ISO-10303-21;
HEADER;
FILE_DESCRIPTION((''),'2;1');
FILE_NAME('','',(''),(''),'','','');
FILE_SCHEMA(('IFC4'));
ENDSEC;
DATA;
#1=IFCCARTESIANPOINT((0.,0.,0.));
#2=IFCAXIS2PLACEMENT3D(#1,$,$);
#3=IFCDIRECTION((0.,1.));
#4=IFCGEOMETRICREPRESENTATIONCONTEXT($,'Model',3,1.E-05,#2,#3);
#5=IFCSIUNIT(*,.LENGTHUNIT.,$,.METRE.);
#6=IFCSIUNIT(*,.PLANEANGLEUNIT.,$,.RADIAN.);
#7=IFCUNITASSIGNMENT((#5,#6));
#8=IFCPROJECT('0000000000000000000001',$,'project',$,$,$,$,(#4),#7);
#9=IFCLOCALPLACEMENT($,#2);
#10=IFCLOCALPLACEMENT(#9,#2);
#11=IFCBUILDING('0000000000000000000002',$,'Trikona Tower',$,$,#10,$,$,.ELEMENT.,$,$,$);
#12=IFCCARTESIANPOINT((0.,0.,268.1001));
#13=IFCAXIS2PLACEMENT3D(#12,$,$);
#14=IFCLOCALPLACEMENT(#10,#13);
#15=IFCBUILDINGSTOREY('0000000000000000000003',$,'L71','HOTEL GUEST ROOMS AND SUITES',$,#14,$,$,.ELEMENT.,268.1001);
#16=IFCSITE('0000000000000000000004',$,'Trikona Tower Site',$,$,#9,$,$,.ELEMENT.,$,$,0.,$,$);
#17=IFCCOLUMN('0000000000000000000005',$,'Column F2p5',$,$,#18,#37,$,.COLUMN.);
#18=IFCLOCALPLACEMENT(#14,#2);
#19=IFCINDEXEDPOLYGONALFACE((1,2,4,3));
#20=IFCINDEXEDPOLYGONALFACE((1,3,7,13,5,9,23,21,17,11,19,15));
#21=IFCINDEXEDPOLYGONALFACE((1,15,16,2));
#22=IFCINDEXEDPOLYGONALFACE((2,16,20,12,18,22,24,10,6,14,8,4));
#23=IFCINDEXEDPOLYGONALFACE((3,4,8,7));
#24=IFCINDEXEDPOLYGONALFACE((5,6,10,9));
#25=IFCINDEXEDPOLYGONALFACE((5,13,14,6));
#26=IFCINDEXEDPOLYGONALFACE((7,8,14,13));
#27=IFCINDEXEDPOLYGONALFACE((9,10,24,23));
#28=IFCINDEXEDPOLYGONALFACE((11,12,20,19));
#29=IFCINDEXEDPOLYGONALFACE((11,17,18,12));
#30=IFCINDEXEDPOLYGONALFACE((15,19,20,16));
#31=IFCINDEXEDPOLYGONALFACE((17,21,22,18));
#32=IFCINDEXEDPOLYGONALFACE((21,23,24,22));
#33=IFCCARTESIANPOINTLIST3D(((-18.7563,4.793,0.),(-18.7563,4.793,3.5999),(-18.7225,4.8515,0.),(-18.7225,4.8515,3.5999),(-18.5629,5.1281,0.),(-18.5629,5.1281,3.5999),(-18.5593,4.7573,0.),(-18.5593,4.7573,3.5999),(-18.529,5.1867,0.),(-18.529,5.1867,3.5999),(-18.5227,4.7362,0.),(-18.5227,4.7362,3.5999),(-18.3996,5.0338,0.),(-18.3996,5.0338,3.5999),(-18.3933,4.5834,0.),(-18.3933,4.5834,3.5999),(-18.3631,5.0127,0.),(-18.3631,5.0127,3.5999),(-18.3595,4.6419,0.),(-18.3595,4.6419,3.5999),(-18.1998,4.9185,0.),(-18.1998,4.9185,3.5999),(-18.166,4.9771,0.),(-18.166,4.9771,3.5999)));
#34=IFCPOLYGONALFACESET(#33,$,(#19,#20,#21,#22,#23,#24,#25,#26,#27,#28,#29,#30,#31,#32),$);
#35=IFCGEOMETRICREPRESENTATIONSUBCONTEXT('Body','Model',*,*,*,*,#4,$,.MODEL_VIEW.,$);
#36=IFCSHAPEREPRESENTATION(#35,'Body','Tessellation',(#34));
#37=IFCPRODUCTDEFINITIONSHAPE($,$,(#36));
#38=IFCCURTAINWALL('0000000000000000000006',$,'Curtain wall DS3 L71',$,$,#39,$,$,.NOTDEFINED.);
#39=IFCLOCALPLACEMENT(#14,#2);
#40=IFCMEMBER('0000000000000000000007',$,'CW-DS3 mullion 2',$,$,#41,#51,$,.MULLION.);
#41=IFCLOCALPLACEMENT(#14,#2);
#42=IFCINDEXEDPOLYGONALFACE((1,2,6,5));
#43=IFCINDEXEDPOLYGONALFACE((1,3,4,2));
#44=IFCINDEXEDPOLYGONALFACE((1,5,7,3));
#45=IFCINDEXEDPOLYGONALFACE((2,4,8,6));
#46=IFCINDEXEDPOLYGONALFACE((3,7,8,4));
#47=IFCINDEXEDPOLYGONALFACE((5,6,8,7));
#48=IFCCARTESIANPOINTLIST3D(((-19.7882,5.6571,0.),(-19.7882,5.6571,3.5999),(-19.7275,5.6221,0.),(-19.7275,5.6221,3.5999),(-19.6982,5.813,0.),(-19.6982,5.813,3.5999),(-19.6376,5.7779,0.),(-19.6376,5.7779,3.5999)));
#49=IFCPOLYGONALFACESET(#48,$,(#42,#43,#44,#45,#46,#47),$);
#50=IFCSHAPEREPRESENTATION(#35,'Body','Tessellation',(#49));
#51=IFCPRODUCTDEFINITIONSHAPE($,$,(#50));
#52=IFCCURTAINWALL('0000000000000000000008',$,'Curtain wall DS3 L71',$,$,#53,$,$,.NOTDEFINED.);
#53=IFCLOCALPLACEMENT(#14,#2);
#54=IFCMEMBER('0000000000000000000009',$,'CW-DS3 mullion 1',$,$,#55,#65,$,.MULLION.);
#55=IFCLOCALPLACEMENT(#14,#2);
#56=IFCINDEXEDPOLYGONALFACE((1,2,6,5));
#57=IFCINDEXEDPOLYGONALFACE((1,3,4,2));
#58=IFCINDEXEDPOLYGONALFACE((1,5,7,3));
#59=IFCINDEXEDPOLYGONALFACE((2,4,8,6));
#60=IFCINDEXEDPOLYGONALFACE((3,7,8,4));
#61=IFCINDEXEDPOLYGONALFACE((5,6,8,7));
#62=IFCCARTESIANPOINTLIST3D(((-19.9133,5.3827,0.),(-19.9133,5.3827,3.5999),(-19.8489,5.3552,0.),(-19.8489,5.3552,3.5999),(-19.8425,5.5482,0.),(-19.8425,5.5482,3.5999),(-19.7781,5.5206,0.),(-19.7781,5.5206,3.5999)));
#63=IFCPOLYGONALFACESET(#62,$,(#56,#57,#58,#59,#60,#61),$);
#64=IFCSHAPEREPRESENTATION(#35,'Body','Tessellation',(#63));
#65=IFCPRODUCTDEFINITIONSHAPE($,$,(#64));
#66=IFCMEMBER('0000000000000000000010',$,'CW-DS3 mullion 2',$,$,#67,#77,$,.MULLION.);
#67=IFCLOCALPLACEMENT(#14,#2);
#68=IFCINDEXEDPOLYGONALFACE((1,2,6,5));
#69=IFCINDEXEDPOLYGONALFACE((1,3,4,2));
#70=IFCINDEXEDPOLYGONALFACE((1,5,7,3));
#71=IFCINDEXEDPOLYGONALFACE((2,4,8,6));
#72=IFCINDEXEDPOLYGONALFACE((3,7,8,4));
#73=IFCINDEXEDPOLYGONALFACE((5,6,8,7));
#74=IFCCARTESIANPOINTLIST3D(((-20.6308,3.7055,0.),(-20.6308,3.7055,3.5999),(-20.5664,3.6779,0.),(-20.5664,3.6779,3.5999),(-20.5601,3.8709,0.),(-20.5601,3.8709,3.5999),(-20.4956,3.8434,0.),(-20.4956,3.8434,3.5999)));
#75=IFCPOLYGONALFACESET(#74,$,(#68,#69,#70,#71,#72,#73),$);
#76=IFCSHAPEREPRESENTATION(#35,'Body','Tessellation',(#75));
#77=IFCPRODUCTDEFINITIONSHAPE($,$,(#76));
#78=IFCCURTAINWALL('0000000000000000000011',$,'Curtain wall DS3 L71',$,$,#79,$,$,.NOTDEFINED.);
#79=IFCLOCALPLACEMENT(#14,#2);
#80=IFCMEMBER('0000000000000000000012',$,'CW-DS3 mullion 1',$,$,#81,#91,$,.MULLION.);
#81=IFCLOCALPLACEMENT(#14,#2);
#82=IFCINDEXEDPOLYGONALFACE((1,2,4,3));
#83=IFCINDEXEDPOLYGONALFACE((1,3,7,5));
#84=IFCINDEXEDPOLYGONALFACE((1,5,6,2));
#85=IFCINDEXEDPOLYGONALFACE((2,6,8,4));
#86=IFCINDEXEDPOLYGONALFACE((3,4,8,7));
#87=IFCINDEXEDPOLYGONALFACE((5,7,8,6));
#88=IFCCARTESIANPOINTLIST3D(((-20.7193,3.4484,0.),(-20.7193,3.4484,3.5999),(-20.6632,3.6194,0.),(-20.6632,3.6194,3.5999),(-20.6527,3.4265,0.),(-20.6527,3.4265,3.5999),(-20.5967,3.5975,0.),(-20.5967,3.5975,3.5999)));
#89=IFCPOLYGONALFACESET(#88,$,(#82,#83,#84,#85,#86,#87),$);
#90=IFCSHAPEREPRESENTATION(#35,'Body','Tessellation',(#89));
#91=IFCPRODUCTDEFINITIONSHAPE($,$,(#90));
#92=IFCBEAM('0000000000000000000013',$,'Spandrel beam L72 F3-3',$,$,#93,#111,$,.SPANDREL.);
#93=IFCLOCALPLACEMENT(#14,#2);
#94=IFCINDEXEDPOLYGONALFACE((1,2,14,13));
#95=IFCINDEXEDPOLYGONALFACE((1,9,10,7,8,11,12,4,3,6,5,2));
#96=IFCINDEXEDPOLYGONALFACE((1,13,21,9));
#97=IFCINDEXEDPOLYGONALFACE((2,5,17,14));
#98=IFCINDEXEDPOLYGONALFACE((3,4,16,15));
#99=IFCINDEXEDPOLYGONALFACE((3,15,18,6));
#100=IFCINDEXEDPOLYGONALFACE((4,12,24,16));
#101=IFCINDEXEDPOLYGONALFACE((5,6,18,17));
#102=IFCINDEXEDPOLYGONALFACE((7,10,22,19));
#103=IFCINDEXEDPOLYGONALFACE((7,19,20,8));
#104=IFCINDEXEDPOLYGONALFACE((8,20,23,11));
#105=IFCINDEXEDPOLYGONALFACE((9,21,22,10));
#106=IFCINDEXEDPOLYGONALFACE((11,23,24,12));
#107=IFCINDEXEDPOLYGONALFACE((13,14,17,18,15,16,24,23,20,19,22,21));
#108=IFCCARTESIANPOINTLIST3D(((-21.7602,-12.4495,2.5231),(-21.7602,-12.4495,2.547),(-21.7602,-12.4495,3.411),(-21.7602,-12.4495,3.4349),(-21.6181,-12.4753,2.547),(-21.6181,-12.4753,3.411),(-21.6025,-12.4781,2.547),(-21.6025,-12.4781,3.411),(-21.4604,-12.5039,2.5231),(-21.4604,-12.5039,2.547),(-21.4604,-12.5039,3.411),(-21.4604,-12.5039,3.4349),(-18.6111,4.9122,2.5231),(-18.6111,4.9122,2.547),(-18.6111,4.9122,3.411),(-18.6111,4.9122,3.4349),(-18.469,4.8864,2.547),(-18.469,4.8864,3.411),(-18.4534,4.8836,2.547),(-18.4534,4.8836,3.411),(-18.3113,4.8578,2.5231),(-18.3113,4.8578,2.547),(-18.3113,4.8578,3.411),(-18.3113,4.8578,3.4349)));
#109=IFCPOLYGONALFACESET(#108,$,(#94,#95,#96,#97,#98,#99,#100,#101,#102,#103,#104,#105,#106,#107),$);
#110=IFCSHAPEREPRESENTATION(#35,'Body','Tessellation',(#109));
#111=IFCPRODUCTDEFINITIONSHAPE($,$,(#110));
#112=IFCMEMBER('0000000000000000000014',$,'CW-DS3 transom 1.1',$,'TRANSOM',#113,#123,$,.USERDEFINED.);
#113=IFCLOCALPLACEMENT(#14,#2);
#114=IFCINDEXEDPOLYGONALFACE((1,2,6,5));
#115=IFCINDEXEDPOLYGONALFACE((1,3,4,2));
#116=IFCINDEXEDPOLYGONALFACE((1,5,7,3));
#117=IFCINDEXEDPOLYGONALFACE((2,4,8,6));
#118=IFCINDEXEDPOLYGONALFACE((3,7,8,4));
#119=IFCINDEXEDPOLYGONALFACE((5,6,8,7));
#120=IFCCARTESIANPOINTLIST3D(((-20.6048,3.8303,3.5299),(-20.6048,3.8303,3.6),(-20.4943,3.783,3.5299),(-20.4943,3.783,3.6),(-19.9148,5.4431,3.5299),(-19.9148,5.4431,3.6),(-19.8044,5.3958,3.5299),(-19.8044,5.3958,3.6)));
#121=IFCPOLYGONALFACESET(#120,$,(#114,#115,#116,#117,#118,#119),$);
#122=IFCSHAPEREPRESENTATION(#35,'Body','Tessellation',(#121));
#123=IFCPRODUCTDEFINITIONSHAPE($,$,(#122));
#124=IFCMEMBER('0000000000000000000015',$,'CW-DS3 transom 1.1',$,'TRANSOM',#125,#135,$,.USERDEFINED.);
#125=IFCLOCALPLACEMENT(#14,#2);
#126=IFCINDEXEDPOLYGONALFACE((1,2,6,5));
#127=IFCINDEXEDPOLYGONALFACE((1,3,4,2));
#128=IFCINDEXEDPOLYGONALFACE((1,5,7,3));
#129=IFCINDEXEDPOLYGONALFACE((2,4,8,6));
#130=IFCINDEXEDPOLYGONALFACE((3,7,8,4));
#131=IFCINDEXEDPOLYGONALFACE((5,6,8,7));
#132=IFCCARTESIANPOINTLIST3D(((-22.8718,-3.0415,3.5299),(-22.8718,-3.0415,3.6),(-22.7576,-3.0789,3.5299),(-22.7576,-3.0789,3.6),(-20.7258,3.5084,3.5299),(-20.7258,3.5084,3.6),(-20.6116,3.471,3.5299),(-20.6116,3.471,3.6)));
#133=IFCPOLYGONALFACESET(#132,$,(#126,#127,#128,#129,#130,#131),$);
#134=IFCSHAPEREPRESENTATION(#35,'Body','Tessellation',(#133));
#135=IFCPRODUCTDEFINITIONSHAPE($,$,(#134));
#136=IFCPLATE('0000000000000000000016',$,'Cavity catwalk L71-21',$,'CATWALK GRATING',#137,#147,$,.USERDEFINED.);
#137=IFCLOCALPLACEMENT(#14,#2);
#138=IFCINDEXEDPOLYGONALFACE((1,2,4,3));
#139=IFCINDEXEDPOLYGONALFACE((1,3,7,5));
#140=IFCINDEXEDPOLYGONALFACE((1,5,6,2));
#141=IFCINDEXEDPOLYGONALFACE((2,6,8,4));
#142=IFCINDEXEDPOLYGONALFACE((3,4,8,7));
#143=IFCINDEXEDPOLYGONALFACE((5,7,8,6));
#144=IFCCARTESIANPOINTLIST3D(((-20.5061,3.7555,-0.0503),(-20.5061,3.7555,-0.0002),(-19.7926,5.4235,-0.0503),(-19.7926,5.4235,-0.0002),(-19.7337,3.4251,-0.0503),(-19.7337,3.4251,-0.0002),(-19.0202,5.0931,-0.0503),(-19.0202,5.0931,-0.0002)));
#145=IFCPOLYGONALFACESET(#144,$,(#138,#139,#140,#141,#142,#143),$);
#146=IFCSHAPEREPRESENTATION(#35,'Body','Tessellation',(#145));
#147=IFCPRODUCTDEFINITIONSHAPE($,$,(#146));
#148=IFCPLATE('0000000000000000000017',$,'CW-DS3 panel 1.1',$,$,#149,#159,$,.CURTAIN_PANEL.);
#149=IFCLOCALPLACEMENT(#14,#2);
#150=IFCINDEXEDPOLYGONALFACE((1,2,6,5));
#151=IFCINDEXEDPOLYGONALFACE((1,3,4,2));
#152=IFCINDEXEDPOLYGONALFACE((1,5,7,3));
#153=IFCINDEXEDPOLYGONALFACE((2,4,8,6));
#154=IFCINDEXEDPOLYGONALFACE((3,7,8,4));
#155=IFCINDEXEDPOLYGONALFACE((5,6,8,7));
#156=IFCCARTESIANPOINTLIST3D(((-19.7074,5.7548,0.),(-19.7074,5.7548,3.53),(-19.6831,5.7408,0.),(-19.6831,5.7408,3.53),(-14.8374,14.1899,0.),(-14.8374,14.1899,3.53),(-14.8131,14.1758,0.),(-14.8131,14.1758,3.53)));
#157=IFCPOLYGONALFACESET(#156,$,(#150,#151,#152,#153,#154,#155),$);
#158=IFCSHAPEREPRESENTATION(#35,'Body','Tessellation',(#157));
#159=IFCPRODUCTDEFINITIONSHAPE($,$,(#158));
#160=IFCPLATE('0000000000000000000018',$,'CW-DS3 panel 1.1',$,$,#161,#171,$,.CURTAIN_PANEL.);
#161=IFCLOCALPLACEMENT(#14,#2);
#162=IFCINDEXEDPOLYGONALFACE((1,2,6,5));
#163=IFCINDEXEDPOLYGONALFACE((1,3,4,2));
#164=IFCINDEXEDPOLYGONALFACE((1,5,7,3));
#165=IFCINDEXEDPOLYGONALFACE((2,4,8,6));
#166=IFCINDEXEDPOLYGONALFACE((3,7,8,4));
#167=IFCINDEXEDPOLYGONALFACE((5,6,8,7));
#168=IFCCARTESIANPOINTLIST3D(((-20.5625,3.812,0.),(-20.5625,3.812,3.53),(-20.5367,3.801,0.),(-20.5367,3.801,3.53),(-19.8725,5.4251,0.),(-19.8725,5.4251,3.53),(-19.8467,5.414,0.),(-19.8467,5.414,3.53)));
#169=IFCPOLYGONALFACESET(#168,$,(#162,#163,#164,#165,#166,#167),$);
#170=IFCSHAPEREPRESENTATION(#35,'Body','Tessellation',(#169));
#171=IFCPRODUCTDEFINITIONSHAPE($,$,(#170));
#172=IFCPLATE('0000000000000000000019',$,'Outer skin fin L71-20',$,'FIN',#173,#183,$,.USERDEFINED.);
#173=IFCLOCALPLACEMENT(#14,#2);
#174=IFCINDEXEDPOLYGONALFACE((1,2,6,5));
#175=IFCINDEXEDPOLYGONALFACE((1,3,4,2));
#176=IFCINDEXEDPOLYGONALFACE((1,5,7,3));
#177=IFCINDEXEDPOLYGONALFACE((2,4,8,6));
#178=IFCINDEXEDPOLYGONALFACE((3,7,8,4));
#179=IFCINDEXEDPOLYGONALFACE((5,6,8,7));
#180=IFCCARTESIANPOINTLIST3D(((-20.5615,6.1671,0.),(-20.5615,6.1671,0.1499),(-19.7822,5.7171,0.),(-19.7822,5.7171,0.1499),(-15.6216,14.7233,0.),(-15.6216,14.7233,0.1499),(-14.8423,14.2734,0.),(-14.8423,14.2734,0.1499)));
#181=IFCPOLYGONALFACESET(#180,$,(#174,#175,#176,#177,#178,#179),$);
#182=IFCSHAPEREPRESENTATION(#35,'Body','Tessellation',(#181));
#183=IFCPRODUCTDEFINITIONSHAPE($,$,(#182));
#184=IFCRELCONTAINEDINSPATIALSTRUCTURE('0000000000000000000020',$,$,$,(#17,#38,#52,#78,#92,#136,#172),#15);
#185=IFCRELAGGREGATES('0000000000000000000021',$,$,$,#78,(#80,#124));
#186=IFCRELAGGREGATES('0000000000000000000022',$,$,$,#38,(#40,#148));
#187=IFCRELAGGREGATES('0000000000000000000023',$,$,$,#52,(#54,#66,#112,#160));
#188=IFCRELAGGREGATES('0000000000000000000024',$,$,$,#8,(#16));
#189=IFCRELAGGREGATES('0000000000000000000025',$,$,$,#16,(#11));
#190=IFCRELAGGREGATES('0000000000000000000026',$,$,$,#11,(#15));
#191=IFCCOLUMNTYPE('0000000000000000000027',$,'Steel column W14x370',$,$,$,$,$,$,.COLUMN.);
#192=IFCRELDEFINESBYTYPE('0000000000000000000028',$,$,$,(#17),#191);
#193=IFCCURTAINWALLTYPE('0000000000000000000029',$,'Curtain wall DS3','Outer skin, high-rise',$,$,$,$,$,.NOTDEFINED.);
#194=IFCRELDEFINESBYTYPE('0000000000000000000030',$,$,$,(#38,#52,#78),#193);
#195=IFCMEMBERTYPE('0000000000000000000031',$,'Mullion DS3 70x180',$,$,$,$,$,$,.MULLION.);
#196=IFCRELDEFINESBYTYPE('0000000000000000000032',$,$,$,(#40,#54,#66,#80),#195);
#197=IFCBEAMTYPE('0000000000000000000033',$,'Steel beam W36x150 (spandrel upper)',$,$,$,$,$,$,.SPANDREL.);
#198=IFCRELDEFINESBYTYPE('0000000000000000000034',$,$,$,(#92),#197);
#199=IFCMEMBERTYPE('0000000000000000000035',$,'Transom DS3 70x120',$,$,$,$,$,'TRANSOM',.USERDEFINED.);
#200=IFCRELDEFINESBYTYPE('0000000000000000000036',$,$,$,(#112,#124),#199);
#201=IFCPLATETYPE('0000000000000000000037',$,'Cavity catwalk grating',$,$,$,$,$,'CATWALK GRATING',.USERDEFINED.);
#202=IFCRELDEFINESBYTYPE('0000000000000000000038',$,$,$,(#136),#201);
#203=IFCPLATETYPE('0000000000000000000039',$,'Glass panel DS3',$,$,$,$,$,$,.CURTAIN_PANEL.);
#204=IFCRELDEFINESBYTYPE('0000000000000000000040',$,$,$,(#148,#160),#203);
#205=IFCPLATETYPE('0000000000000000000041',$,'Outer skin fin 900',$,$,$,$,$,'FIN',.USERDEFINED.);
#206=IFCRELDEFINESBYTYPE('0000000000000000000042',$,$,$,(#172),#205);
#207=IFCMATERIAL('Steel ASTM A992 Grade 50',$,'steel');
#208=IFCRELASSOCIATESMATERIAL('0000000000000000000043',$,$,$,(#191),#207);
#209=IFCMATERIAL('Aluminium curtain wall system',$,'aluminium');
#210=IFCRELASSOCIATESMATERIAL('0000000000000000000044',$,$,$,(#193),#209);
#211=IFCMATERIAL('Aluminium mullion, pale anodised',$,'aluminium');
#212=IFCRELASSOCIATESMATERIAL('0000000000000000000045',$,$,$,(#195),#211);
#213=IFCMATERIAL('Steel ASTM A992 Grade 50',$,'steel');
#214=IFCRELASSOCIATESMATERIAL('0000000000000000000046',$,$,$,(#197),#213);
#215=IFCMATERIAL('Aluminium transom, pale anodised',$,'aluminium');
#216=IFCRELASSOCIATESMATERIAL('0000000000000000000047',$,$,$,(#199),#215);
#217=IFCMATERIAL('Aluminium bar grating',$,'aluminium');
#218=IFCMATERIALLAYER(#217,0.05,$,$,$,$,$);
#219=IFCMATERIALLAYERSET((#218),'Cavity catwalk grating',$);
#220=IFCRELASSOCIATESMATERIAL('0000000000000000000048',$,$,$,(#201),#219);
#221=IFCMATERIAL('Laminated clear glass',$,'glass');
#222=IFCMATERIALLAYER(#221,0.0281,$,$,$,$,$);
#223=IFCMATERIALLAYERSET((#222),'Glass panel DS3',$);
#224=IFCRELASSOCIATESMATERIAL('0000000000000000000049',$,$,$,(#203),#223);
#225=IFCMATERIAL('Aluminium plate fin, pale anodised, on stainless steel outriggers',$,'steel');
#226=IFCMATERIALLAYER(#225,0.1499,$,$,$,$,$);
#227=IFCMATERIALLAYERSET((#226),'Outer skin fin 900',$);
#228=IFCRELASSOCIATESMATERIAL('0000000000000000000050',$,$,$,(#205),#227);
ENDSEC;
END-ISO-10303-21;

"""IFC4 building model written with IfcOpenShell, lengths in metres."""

from ifc_helpers import new_model, si_unit, direction, frame, origin, origin_2d, place, context, subcontext, project, spatial, rectangle, i_section, extrude, material, layer, layer_set, material_profile, profile_set, type_object, element, aggregate, save


model = new_model("IFC4")

# Units and contexts
model_context = context("Model", 3, precision=1e-05, world=origin(), true_north=direction((0.0, 1.0)))
body_context = subcontext(model_context, "Body", "Model", "MODEL_VIEW")
ifc_project = project(units=[si_unit("LENGTHUNIT", "METRE"), si_unit("PLANEANGLEUNIT", "RADIAN")], contexts=[model_context])

# Site, building, storey
site_placement = place(None, origin())
site = spatial("IfcSite", under=ifc_project, at=site_placement, Name="Trikona Tower Site", CompositionType="ELEMENT", RefElevation=0.0)
building_placement = place(site_placement, origin())
building = spatial("IfcBuilding", under=site, at=building_placement, Name="Trikona Tower", CompositionType="ELEMENT")
storey_placement = place(building_placement, frame((0.0, 0.0, 268.1001)))
storey = spatial("IfcBuildingStorey", under=building, at=storey_placement, Name="L71", Description="HOTEL GUEST ROOMS AND SUITES", CompositionType="ELEMENT", Elevation=268.1001)

# Column
ifc_material_1 = material(Name="Steel ASTM A992 Grade 50", Category="steel")
ifc_material_profile_1 = material_profile(ifc_material_1, i_section(OverallWidth=0.4192, OverallDepth=0.4546, WebThickness=0.0422, FlangeThickness=0.0676, at=origin_2d()), Name="W14X370")
ifc_profile_set_1 = profile_set([ifc_material_profile_1], Name="Steel ASTM A992 Grade 50")
column_type = type_object("IfcColumnType", Name="Steel column W14x370", PredefinedType="COLUMN", material=ifc_profile_set_1)
column_placement = place(storey_placement, frame((-18.4612, 4.885, 0.0), z_axis=(0.0, 0.0, 1.0), x_axis=(-0.866025, 0.5, 0.0)))
element("IfcColumn", 1, at=column_placement, inside=storey, type_object=column_type, Name="Column F2p5", PredefinedType="COLUMN", context=body_context, shape_type="SweptSolid", body=[
    extrude(i_section(OverallWidth=0.4192, OverallDepth=0.4546, WebThickness=0.0422, FlangeThickness=0.0676, at=origin_2d()), origin(), (0.0, 0.0, 1.0), 3.5999),
])

# Curtain wall, member
ifc_material_2 = material(Name="Aluminium curtain wall system", Category="aluminium")
curtain_wall_type = type_object("IfcCurtainWallType", Name="Curtain wall DS3", Description="Outer skin, high-rise", PredefinedType="NOTDEFINED", material=ifc_material_2)
curtain_wall_1_placement = place(storey_placement, origin())
curtain_wall_1 = element("IfcCurtainWall", 2, at=curtain_wall_1_placement, inside=storey, type_object=curtain_wall_type, Name="Curtain wall DS3 L71", PredefinedType="NOTDEFINED")
ifc_material_3 = material(Name="Aluminium mullion, pale anodised", Category="aluminium")
ifc_material_profile_2 = material_profile(ifc_material_3, rectangle(XDim=0.0701, YDim=0.1799, at=origin_2d()), Name="MUL-DS3")
ifc_profile_set_2 = profile_set([ifc_material_profile_2], Name="Aluminium mullion, pale anodised")
member_type_1 = type_object("IfcMemberType", Name="Mullion DS3 70x180", PredefinedType="MULLION", material=ifc_profile_set_2)
member_1_placement = place(storey_placement, frame((-19.7129, 5.7175, 0.0), z_axis=(0.0, 0.0, 1.0), x_axis=(0.866025, -0.500001, 0.0)))
member_1 = element("IfcMember", 3, at=member_1_placement, type_object=member_type_1, Name="CW-DS3 mullion 2", PredefinedType="MULLION", context=body_context, shape_type="SweptSolid", body=[
    extrude(rectangle(XDim=0.0701, YDim=0.1799, at=origin_2d()), origin(), (0.0, 0.0, 1.0), 3.5999),
])

# Curtain wall, members
curtain_wall_2_placement = place(storey_placement, origin())
curtain_wall_2 = element("IfcCurtainWall", 4, at=curtain_wall_2_placement, inside=storey, type_object=curtain_wall_type, Name="Curtain wall DS3 L71", PredefinedType="NOTDEFINED")
member_2_placement = place(storey_placement, frame((-19.8457, 5.4517, 0.0), z_axis=(0.0, 0.0, 1.0), x_axis=(0.919421, -0.393276, 0.0)))
member_2 = element("IfcMember", 5, at=member_2_placement, type_object=member_type_1, Name="CW-DS3 mullion 1", PredefinedType="MULLION", context=body_context, shape_type="SweptSolid", body=[
    extrude(rectangle(XDim=0.0701, YDim=0.1799, at=origin_2d()), origin(), (0.0, 0.0, 1.0), 3.5999),
])
member_3_placement = place(storey_placement, frame((-20.5632, 3.7744, 0.0), z_axis=(0.0, 0.0, 1.0), x_axis=(0.919421, -0.393276, 0.0)))
member_3 = element("IfcMember", 6, at=member_3_placement, type_object=member_type_1, Name="CW-DS3 mullion 2", PredefinedType="MULLION", context=body_context, shape_type="SweptSolid", body=[
    extrude(rectangle(XDim=0.0701, YDim=0.1799, at=origin_2d()), origin(), (0.0, 0.0, 1.0), 3.5999),
])

# Curtain wall, member
curtain_wall_3_placement = place(storey_placement, origin())
curtain_wall_3 = element("IfcCurtainWall", 7, at=curtain_wall_3_placement, inside=storey, type_object=curtain_wall_type, Name="Curtain wall DS3 L71", PredefinedType="NOTDEFINED")
member_4_placement = place(storey_placement, frame((-20.658, 3.5229, 0.0), z_axis=(0.0, 0.0, 1.0), x_axis=(0.950297, -0.311344, 0.0)))
member_4 = element("IfcMember", 8, at=member_4_placement, type_object=member_type_1, Name="CW-DS3 mullion 1", PredefinedType="MULLION", context=body_context, shape_type="SweptSolid", body=[
    extrude(rectangle(XDim=0.0701, YDim=0.1799, at=origin_2d()), origin(), (0.0, 0.0, 1.0), 3.5999),
])

# Beam
ifc_material_4 = material(Name="Steel ASTM A992 Grade 50", Category="steel")
ifc_material_profile_3 = material_profile(ifc_material_4, i_section(OverallWidth=0.3047, OverallDepth=0.9119, WebThickness=0.0159, FlangeThickness=0.0239, at=origin_2d()), Name="W36X150")
ifc_profile_set_3 = profile_set([ifc_material_profile_3], Name="Steel ASTM A992 Grade 50")
beam_type = type_object("IfcBeamType", Name="Steel beam W36x150 (spandrel upper)", PredefinedType="SPANDREL", material=ifc_profile_set_3)
beam_placement = place(storey_placement, frame((-18.4612, 4.885, 2.979), z_axis=(-0.178473, -0.983945, 0.0), x_axis=(0.983945, -0.178473, 0.0)))
element("IfcBeam", 9, at=beam_placement, inside=storey, type_object=beam_type, Name="Spandrel beam L72 F3-3", PredefinedType="SPANDREL", context=body_context, shape_type="SweptSolid", body=[
    extrude(i_section(OverallWidth=0.3047, OverallDepth=0.9119, WebThickness=0.0159, FlangeThickness=0.0239, at=origin_2d()), origin(), (0.0, 0.0, 1.0), 17.645),
])

# Members
ifc_material_5 = material(Name="Aluminium transom, pale anodised", Category="aluminium")
ifc_material_profile_4 = material_profile(ifc_material_5, rectangle(XDim=0.1201, YDim=0.0701, at=origin_2d()), Name="TRN-DS3")
ifc_profile_set_4 = profile_set([ifc_material_profile_4], Name="Aluminium transom, pale anodised")
member_type_2 = type_object("IfcMemberType", Name="Transom DS3 70x120", ElementType="TRANSOM", PredefinedType="USERDEFINED", material=ifc_profile_set_4)
member_5_placement = place(storey_placement, frame((-19.8596, 5.4194, 3.5649), z_axis=(-0.393315, -0.919404, 0.0), x_axis=(0.919404, -0.393315, 0.0)))
member_5 = element("IfcMember", 10, at=member_5_placement, type_object=member_type_2, Name="CW-DS3 transom 1.1", ObjectType="TRANSOM", PredefinedType="USERDEFINED", context=body_context, shape_type="SweptSolid", body=[
    extrude(rectangle(XDim=0.1201, YDim=0.0701, at=origin_2d()), origin(), (0.0, 0.0, 1.0), 1.7542),
])
member_6_placement = place(storey_placement, frame((-20.6687, 3.4897, 3.5649), z_axis=(-0.311346, -0.950297, 0.0), x_axis=(0.950297, -0.311346, 0.0)))
member_6 = element("IfcMember", 11, at=member_6_placement, type_object=member_type_2, Name="CW-DS3 transom 1.1", ObjectType="TRANSOM", PredefinedType="USERDEFINED", context=body_context, shape_type="SweptSolid", body=[
    extrude(rectangle(XDim=0.1201, YDim=0.0701, at=origin_2d()), origin(), (0.0, 0.0, 1.0), 6.8926),
])
aggregate(curtain_wall_3, [member_4, member_6])

# Plates
ifc_material_6 = material(Name="Aluminium bar grating", Category="aluminium")
ifc_layer_1 = layer(ifc_material_6, 0.05)
ifc_layer_set_1 = layer_set([ifc_layer_1], Name="Cavity catwalk grating")
plate_type_1 = type_object("IfcPlateType", Name="Cavity catwalk grating", ElementType="CATWALK GRATING", PredefinedType="USERDEFINED", material=ifc_layer_set_1)
plate_1_placement = place(storey_placement, frame((-19.7632, 4.4243, -0.0503), z_axis=(0.0, 0.0, 1.0), x_axis=(-0.393284, -0.919417, 0.0)))
element("IfcPlate", 12, at=plate_1_placement, inside=storey, type_object=plate_type_1, Name="Cavity catwalk L71-21", ObjectType="CATWALK GRATING", PredefinedType="USERDEFINED", context=body_context, shape_type="SweptSolid", body=[
    extrude(rectangle(XDim=1.8142, YDim=0.8401, at=origin_2d()), origin(), (0.0, 0.0, 1.0), 0.05),
])
ifc_material_7 = material(Name="Laminated clear glass", Category="glass")
ifc_layer_2 = layer(ifc_material_7, 0.0281)
ifc_layer_set_2 = layer_set([ifc_layer_2], Name="Glass panel DS3")
plate_type_2 = type_object("IfcPlateType", Name="Glass panel DS3", PredefinedType="CURTAIN_PANEL", material=ifc_layer_set_2)
plate_2_placement = place(storey_placement, frame((-17.2603, 9.9653, 0.0), z_axis=(0.0, 0.0, 1.0), x_axis=(-0.500001, -0.866025, 0.0)))
plate_2 = element("IfcPlate", 13, at=plate_2_placement, type_object=plate_type_2, Name="CW-DS3 panel 1.1", PredefinedType="CURTAIN_PANEL", context=body_context, shape_type="SweptSolid", body=[
    extrude(rectangle(XDim=9.74, YDim=0.0281, at=origin_2d()), origin(), (0.0, 0.0, 1.0), 3.53),
])
aggregate(curtain_wall_1, [member_1, plate_2])
plate_3_placement = place(storey_placement, frame((-20.2046, 4.613, 0.0), z_axis=(0.0, 0.0, 1.0), x_axis=(-0.393276, -0.919421, 0.0)))
plate_3 = element("IfcPlate", 14, at=plate_3_placement, type_object=plate_type_2, Name="CW-DS3 panel 1.1", PredefinedType="CURTAIN_PANEL", context=body_context, shape_type="SweptSolid", body=[
    extrude(rectangle(XDim=1.7544, YDim=0.0281, at=origin_2d()), origin(), (0.0, 0.0, 1.0), 3.53),
])
aggregate(curtain_wall_2, [member_2, member_3, member_5, plate_3])

# Plate
ifc_material_8 = material(Name="Aluminium plate fin, pale anodised, on stainless steel outriggers", Category="steel")
ifc_layer_3 = layer(ifc_material_8, 0.1499)
ifc_layer_set_3 = layer_set([ifc_layer_3], Name="Outer skin fin 900")
plate_type_3 = type_object("IfcPlateType", Name="Outer skin fin 900", ElementType="FIN", PredefinedType="USERDEFINED", material=ifc_layer_set_3)
plate_4_placement = place(storey_placement, frame((-17.7019, 10.2202, 0.0), z_axis=(0.0, 0.0, 1.0), x_axis=(-0.499998, -0.866026, 0.0)))
element("IfcPlate", 15, at=plate_4_placement, inside=storey, type_object=plate_type_3, Name="Outer skin fin L71-20", ObjectType="FIN", PredefinedType="USERDEFINED", context=body_context, shape_type="SweptSolid", body=[
    extrude(rectangle(XDim=9.8799, YDim=0.8999, at=origin_2d()), origin(), (0.0, 0.0, 1.0), 0.1499),
])

save(model, "model.ifc")
